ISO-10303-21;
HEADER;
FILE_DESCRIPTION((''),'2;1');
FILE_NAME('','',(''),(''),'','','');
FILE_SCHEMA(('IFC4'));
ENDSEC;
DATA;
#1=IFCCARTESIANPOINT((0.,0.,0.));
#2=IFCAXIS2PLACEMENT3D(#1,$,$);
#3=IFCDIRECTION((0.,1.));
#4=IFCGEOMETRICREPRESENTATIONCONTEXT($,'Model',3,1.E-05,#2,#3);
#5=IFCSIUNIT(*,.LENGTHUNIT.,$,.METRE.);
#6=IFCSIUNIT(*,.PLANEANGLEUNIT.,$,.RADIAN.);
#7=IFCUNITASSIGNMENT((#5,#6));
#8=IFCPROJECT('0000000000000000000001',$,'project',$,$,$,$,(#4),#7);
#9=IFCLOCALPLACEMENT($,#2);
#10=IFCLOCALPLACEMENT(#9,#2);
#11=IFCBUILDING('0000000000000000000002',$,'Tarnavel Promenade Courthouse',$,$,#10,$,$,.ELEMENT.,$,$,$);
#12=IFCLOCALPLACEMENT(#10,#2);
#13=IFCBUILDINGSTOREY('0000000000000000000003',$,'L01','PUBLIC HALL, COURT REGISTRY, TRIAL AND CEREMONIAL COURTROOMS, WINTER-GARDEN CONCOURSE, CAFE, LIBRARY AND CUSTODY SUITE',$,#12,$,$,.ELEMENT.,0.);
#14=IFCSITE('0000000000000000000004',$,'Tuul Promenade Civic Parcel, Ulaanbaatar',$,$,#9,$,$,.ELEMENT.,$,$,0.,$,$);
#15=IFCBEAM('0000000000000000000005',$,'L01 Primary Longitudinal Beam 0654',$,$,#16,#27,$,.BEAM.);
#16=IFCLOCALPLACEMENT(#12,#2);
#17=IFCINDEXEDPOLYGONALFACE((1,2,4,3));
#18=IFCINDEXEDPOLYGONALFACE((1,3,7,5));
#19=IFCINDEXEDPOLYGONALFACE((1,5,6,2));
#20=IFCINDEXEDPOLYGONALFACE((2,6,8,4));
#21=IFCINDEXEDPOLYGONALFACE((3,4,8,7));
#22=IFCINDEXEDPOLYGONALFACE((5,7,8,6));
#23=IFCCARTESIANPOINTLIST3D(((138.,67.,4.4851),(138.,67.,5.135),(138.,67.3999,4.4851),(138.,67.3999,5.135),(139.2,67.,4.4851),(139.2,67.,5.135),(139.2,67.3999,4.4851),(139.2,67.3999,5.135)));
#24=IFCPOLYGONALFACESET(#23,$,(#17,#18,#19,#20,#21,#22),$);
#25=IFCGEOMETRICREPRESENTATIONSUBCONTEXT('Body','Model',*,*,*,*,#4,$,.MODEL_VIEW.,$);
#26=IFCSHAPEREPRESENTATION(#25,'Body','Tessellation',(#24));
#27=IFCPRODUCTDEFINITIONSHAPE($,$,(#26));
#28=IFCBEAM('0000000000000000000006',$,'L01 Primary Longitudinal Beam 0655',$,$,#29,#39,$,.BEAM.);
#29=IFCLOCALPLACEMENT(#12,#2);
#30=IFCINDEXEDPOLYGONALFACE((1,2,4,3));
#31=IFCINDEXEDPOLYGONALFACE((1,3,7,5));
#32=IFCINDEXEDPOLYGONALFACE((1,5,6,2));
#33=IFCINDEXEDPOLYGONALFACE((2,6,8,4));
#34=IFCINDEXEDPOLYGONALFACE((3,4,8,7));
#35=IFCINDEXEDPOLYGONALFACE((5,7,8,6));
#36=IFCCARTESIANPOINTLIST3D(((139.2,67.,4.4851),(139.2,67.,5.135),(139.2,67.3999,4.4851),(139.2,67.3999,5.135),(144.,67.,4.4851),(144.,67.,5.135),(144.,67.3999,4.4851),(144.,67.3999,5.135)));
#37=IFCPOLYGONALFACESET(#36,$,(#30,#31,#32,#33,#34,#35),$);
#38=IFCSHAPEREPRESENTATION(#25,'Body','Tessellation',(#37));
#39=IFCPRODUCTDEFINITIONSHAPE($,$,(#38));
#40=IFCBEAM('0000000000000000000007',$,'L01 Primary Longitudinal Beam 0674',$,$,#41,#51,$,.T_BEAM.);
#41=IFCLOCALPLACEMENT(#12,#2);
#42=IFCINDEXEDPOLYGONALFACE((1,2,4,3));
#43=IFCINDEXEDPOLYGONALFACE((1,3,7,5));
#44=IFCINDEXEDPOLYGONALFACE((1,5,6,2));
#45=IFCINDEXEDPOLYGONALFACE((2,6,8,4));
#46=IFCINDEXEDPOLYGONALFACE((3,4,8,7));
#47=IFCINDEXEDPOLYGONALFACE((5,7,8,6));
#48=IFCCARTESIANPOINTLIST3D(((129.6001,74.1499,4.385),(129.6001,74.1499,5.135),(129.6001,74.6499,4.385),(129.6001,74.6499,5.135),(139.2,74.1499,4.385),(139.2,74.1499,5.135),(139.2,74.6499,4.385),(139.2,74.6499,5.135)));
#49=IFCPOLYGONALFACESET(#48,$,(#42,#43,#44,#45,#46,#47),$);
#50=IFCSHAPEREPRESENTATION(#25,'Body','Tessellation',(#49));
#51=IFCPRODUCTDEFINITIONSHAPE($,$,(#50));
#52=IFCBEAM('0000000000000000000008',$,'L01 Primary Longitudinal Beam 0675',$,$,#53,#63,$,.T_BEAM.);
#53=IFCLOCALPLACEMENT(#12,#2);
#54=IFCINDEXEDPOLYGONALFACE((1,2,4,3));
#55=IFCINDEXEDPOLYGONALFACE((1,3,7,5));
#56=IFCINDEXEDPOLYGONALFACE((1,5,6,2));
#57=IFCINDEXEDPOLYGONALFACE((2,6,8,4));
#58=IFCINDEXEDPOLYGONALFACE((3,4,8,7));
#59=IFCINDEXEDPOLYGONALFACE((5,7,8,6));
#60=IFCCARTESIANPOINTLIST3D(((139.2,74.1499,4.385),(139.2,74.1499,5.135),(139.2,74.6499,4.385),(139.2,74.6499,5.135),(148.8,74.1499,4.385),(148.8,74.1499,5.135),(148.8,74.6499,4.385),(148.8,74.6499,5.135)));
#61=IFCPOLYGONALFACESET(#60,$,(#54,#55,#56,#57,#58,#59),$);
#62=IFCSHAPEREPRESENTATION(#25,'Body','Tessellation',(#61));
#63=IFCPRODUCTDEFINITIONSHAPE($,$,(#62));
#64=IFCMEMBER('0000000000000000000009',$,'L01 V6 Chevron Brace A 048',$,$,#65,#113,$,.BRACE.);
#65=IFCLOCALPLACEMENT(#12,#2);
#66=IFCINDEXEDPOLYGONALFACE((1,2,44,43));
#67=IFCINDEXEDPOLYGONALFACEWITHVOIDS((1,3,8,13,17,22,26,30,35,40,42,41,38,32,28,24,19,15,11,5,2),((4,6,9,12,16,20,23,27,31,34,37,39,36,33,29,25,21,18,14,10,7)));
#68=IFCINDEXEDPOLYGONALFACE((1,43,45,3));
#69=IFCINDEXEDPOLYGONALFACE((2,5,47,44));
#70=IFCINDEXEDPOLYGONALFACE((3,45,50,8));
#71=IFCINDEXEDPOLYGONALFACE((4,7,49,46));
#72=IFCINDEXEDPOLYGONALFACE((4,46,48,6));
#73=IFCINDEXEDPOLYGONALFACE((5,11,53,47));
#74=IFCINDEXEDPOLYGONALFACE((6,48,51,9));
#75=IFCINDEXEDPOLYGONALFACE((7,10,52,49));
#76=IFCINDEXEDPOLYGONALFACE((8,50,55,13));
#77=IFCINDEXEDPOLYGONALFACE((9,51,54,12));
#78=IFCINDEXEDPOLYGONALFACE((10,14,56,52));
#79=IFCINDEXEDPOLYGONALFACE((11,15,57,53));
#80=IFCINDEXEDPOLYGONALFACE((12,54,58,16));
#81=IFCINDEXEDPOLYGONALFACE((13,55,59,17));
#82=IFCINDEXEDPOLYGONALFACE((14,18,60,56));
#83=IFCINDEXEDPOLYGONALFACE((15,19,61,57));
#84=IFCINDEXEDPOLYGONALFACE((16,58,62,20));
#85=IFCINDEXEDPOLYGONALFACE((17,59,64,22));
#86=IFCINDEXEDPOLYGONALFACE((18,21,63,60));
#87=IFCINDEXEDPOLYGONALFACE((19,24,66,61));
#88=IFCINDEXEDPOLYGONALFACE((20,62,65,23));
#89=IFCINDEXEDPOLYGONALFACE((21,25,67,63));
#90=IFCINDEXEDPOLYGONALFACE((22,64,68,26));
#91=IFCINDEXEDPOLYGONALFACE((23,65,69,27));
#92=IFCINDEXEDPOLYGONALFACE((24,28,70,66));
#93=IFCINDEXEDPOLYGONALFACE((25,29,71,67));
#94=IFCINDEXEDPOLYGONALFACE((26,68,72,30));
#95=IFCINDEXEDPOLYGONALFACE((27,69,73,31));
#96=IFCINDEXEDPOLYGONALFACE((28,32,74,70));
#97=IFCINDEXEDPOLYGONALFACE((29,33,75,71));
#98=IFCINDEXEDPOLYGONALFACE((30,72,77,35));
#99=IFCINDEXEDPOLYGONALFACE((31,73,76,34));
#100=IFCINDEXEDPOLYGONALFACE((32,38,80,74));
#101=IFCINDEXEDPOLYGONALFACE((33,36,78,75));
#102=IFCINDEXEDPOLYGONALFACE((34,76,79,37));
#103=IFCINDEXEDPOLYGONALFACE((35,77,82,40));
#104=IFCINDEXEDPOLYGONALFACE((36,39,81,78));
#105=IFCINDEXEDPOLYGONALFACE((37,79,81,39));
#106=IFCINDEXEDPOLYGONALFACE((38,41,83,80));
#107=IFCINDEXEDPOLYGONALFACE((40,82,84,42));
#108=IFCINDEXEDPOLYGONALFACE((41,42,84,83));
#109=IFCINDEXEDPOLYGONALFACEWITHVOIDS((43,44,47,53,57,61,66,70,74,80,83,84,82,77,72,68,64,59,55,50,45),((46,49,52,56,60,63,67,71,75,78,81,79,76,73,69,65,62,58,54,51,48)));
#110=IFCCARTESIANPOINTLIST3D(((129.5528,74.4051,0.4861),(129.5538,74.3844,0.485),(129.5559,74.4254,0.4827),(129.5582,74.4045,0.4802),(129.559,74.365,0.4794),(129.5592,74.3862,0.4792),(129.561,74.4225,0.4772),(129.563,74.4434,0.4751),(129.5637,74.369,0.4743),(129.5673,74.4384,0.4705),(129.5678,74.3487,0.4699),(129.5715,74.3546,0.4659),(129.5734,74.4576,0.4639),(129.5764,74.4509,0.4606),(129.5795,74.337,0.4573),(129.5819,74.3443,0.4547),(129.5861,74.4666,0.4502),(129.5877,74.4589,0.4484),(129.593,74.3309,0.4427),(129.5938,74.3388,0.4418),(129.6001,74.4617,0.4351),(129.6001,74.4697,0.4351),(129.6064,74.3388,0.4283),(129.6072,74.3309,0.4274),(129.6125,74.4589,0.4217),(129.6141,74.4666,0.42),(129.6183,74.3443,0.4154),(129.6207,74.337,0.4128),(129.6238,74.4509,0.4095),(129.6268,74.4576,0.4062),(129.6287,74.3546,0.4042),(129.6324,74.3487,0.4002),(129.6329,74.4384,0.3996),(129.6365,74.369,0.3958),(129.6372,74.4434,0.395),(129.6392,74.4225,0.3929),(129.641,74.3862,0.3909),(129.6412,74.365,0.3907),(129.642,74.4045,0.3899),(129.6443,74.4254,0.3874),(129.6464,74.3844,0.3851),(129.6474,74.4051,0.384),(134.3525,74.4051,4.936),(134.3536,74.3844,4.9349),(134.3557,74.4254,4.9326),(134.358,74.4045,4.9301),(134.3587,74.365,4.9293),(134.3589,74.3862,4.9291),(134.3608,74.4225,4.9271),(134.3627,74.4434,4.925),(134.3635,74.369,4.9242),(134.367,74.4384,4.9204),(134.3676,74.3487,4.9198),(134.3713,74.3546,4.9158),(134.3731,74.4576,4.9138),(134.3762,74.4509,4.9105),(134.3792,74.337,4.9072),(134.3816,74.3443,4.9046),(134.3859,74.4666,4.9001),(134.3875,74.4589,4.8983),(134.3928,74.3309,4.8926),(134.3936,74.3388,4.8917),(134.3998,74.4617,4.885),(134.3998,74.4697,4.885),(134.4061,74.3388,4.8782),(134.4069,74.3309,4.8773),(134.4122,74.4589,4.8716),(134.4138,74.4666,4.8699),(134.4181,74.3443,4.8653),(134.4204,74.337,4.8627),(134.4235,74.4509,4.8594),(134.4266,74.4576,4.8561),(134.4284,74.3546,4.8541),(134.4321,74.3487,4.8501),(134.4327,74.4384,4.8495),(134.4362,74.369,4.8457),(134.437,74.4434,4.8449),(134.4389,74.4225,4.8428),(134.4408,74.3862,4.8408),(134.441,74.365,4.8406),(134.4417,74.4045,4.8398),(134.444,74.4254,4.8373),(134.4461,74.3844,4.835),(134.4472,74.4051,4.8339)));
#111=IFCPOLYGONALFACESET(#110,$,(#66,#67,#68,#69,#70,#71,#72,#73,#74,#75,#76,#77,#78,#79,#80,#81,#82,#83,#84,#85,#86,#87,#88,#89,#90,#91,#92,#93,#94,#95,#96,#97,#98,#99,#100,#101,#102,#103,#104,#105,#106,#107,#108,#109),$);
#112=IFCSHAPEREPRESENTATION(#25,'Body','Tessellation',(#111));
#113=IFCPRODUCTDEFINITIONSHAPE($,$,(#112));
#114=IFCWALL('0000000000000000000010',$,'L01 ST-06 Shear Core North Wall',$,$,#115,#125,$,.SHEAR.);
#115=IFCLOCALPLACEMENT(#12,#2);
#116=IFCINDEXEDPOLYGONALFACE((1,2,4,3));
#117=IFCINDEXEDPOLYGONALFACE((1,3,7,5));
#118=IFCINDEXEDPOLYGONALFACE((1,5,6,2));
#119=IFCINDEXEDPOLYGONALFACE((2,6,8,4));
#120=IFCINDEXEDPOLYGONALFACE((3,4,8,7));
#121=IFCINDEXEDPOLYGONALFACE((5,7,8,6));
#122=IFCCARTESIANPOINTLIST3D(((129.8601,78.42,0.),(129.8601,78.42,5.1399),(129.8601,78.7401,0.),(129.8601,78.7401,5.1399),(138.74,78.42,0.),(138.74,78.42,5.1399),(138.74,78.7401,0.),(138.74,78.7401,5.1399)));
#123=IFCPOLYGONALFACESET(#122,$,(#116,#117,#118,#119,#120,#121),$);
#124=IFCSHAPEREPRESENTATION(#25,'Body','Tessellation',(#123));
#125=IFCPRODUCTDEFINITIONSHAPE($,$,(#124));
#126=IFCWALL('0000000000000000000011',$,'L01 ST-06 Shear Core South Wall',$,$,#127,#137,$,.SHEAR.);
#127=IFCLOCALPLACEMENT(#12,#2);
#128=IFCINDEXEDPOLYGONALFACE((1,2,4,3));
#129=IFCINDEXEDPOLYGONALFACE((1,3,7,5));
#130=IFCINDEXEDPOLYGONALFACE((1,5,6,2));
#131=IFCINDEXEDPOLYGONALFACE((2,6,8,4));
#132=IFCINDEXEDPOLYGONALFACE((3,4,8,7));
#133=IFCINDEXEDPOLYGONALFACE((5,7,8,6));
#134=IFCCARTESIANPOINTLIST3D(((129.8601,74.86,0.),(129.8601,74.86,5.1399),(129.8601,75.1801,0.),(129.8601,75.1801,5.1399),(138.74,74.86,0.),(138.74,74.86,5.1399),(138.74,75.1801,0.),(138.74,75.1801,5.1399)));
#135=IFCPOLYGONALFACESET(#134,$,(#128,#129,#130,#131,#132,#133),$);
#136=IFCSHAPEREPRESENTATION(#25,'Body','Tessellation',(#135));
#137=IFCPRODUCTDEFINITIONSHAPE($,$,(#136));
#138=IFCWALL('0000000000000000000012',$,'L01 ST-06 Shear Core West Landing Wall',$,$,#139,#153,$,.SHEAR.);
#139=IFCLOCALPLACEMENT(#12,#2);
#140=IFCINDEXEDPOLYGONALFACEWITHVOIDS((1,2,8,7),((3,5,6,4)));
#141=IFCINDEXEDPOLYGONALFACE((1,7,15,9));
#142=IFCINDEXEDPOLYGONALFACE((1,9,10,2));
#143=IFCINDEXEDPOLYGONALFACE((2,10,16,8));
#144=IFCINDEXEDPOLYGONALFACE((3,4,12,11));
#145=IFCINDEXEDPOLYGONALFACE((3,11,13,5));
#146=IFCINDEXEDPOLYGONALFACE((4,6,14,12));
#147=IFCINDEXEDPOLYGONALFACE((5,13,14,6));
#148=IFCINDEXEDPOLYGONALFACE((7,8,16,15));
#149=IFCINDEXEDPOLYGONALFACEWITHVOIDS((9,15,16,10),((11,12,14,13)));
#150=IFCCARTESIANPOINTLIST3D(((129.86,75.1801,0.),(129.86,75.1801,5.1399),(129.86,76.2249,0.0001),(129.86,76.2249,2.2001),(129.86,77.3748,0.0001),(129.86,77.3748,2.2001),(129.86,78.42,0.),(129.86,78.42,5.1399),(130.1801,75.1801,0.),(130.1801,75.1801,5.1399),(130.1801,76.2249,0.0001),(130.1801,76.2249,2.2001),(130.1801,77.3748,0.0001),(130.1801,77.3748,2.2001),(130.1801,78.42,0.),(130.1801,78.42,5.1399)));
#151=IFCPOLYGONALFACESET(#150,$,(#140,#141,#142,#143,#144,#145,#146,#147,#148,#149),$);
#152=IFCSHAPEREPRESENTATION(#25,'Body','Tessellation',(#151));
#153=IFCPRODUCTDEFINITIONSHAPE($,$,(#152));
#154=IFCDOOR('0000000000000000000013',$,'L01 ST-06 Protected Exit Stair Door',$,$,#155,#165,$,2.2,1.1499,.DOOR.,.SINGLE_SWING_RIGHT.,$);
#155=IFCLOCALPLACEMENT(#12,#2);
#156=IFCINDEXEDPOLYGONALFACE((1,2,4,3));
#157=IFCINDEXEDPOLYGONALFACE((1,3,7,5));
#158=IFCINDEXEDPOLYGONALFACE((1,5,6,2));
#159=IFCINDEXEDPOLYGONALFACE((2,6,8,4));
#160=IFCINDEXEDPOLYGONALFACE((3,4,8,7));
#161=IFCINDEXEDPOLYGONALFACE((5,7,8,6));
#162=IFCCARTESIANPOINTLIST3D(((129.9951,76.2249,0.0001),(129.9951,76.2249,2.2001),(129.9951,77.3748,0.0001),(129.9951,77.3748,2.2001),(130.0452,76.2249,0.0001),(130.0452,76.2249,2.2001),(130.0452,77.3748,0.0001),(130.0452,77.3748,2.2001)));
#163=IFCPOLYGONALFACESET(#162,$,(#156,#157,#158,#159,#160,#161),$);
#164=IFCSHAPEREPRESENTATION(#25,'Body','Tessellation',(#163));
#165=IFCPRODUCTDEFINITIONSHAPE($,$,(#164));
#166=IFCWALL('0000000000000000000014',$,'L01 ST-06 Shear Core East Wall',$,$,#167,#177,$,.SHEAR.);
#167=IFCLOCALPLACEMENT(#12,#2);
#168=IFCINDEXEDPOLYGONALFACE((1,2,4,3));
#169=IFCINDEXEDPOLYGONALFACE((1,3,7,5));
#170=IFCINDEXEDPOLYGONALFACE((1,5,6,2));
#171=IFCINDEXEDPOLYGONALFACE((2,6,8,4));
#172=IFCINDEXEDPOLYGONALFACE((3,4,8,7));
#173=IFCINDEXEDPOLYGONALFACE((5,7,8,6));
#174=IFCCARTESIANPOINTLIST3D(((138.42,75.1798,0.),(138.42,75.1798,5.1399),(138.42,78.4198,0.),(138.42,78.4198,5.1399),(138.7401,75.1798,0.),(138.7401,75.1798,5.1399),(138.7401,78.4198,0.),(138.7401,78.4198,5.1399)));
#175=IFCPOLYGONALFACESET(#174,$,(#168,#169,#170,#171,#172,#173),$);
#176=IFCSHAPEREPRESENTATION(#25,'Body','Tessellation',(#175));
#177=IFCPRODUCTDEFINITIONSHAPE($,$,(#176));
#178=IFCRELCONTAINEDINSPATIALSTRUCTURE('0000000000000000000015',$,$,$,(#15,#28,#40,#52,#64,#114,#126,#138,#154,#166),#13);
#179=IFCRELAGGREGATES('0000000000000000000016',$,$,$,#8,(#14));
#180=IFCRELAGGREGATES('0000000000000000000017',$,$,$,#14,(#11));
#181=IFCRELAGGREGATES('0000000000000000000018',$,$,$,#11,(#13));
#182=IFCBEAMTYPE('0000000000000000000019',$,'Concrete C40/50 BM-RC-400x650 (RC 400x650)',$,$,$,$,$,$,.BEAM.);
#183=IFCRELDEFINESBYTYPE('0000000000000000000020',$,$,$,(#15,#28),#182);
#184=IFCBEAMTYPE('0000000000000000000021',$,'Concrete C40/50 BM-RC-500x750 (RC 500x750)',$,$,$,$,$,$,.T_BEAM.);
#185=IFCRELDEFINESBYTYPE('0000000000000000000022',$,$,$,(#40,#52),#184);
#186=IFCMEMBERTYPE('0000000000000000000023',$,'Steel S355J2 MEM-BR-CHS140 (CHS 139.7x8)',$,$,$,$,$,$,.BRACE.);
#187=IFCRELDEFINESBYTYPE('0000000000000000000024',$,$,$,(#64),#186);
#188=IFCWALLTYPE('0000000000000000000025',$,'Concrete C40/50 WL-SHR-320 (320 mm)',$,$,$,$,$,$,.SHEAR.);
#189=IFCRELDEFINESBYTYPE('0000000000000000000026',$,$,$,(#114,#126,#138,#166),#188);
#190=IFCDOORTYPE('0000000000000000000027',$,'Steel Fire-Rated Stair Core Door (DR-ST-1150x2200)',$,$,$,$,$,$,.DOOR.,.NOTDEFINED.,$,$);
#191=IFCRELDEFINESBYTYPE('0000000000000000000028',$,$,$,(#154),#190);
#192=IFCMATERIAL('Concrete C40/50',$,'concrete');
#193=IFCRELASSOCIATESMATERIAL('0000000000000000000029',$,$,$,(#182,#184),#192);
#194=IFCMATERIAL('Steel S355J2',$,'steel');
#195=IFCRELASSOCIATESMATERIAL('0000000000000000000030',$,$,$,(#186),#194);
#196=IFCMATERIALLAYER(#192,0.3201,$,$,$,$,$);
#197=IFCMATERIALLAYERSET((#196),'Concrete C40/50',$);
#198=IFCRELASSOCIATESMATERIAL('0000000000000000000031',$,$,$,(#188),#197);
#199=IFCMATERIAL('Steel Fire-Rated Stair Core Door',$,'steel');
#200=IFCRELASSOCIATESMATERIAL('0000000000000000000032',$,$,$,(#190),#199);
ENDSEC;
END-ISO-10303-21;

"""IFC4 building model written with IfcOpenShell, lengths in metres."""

from ifc_helpers import new_model, si_unit, direction, frame, frame_2d, origin, origin_2d, place, context, subcontext, project, spatial, rectangle, hollow_circle, extrude, material, layer, layer_set, material_profile, profile_set, type_object, element, fill, save


model = new_model("IFC4")

# Units and contexts
model_context = context("Model", 3, precision=1e-05, world=origin(), true_north=direction((0.0, 1.0)))
body_context = subcontext(model_context, "Body", "Model", "MODEL_VIEW")
ifc_project = project(units=[si_unit("LENGTHUNIT", "METRE"), si_unit("PLANEANGLEUNIT", "RADIAN")], contexts=[model_context])

# Site, building, storey
site_placement = place(None, origin())
site = spatial("IfcSite", under=ifc_project, at=site_placement, Name="Tuul Promenade Civic Parcel, Ulaanbaatar", CompositionType="ELEMENT", RefElevation=0.0)
building_placement = place(site_placement, origin())
building = spatial("IfcBuilding", under=site, at=building_placement, Name="Tarnavel Promenade Courthouse", CompositionType="ELEMENT")
storey_placement = place(building_placement, origin())
storey = spatial("IfcBuildingStorey", under=building, at=storey_placement, Name="L01", Description="PUBLIC HALL, COURT REGISTRY, TRIAL AND CEREMONIAL COURTROOMS, WINTER-GARDEN CONCOURSE, CAFE, LIBRARY AND CUSTODY SUITE", CompositionType="ELEMENT", Elevation=0.0)

# Shared definitions
ifc_material_1 = material(Name="Concrete C40/50", Category="concrete")

# Beams
ifc_material_profile_1 = material_profile(ifc_material_1, rectangle(XDim=0.3999, YDim=0.6499, at=origin_2d()), Name="RC 400x650")
ifc_profile_set_1 = profile_set([ifc_material_profile_1], Name="Concrete C40/50")
beam_type_1 = type_object("IfcBeamType", Name="Concrete C40/50 BM-RC-400x650 (RC 400x650)", PredefinedType="BEAM", material=ifc_profile_set_1)
beam_1_placement = place(storey_placement, frame((138.0, 67.2, 4.8101), z_axis=(1.0, 0.0, 0.0), x_axis=(0.0, 1.0, 0.0)))
element("IfcBeam", 1, at=beam_1_placement, inside=storey, type_object=beam_type_1, Name="L01 Primary Longitudinal Beam 0654", PredefinedType="BEAM", context=body_context, shape_type="SweptSolid", body=[
    extrude(rectangle(XDim=0.3999, YDim=0.6499, at=origin_2d()), origin(), (0.0, 0.0, 1.0), 1.2),
])
beam_2_placement = place(storey_placement, frame((139.2, 67.2, 4.8101), z_axis=(1.0, 0.0, 0.0), x_axis=(0.0, 1.0, 0.0)))
element("IfcBeam", 2, at=beam_2_placement, inside=storey, type_object=beam_type_1, Name="L01 Primary Longitudinal Beam 0655", PredefinedType="BEAM", context=body_context, shape_type="SweptSolid", body=[
    extrude(rectangle(XDim=0.3999, YDim=0.6499, at=origin_2d()), origin(), (0.0, 0.0, 1.0), 4.8),
])
ifc_material_profile_2 = material_profile(ifc_material_1, rectangle(XDim=0.5, YDim=0.75, at=origin_2d()), Name="RC 500x750")
ifc_profile_set_2 = profile_set([ifc_material_profile_2], Name="Concrete C40/50")
beam_type_2 = type_object("IfcBeamType", Name="Concrete C40/50 BM-RC-500x750 (RC 500x750)", PredefinedType="T_BEAM", material=ifc_profile_set_2)
beam_3_placement = place(storey_placement, frame((129.6001, 74.3999, 4.76), z_axis=(1.0, 0.0, 0.0), x_axis=(0.0, 1.0, 0.0)))
element("IfcBeam", 3, at=beam_3_placement, inside=storey, type_object=beam_type_2, Name="L01 Primary Longitudinal Beam 0674", PredefinedType="T_BEAM", context=body_context, shape_type="SweptSolid", body=[
    extrude(rectangle(XDim=0.5, YDim=0.75, at=origin_2d()), origin(), (0.0, 0.0, 1.0), 9.5999),
])
beam_4_placement = place(storey_placement, frame((139.2, 74.3999, 4.76), z_axis=(1.0, 0.0, 0.0), x_axis=(0.0, 1.0, 0.0)))
element("IfcBeam", 4, at=beam_4_placement, inside=storey, type_object=beam_type_2, Name="L01 Primary Longitudinal Beam 0675", PredefinedType="T_BEAM", context=body_context, shape_type="SweptSolid", body=[
    extrude(rectangle(XDim=0.5, YDim=0.75, at=origin_2d()), origin(), (0.0, 0.0, 1.0), 9.6001),
])

# Member
ifc_material_2 = material(Name="Steel S355J2", Category="steel")
ifc_material_profile_3 = material_profile(ifc_material_2, hollow_circle(Radius=0.0698, WallThickness=0.0081, at=origin_2d()), Name="CHS 139.7x8")
ifc_profile_set_3 = profile_set([ifc_material_profile_3], Name="Steel S355J2")
member_type = type_object("IfcMemberType", Name="Steel S355J2 MEM-BR-CHS140 (CHS 139.7x8)", PredefinedType="BRACE", material=ifc_profile_set_3)
member_placement = place(storey_placement, frame((129.6001, 74.3999, 0.4351), z_axis=(0.733327, 0.0, 0.679876), x_axis=(0.0, 1.0, 0.0)))
element("IfcMember", 5, at=member_placement, inside=storey, type_object=member_type, Name="L01 V6 Chevron Brace A 048", PredefinedType="BRACE", context=body_context, shape_type="SweptSolid", body=[
    extrude(hollow_circle(Radius=0.0698, WallThickness=0.0081, at=origin_2d()), origin(), (0.0, 0.0, 1.0), 6.5452),
])

# Walls
ifc_layer = layer(ifc_material_1, 0.3201)
ifc_layer_set = layer_set([ifc_layer], Name="Concrete C40/50")
wall_type = type_object("IfcWallType", Name="Concrete C40/50 WL-SHR-320 (320 mm)", PredefinedType="SHEAR", material=ifc_layer_set)
for number, where, z_axis, x_axis, name in (
    (6, (129.8601, 78.5801, 0.0), (0.0, 0.0, 1.0), (1.0, 0.0, 0.0), "L01 ST-06 Shear Core North Wall"),
    (7, (138.74, 75.02, 0.0), (0.0, 0.0, 1.0), (-1.0, 0.0, 0.0), "L01 ST-06 Shear Core South Wall"),
):
    element("IfcWall", number, at=place(storey_placement, frame(where, z_axis=z_axis, x_axis=x_axis)), inside=storey, type_object=wall_type, Name=name, PredefinedType="SHEAR", context=body_context, shape_type="SweptSolid", body=[
        extrude(rectangle(XDim=8.8799, YDim=0.3201, at=frame_2d((4.4399, 0.0))), origin(), (0.0, 0.0, 1.0), 5.1399),
    ])

# Wall, opening, door
wall_1_placement = place(storey_placement, frame((130.02, 75.1799, 0.0), z_axis=(0.0, 0.0, 1.0), x_axis=(0.0, 1.0, 0.0)))
wall_1 = element("IfcWall", 8, at=wall_1_placement, inside=storey, type_object=wall_type, Name="L01 ST-06 Shear Core West Landing Wall", PredefinedType="SHEAR", context=body_context, shape_type="SweptSolid", body=[
    extrude(rectangle(XDim=3.24, YDim=0.3201, at=frame_2d((1.6201, 0.0))), origin(), (0.0, 0.0, 1.0), 5.1399),
])
opening_placement = place(wall_1_placement, frame((1.0449, 0.0, 0.0)))
opening = element("IfcOpeningElement", 9, at=opening_placement, cuts=wall_1, PredefinedType="OPENING", context=body_context, shape_type="SweptSolid", body=[
    extrude(rectangle(XDim=1.1499, YDim=2.2, at=frame_2d((0.575, 1.1001))), frame((0.0, 0.1699, 0.0), z_axis=(0.0, -1.0, 0.0), x_axis=(1.0, 0.0, 0.0)), (0.0, 0.0, 1.0), 0.3401),
])
ifc_material_3 = material(Name="Steel Fire-Rated Stair Core Door", Category="steel")
door_type = type_object("IfcDoorType", Name="Steel Fire-Rated Stair Core Door (DR-ST-1150x2200)", OperationType="NOTDEFINED", PredefinedType="DOOR", material=ifc_material_3)
door_placement = place(opening_placement, origin())
door = element("IfcDoor", 10, at=door_placement, inside=storey, type_object=door_type, Name="L01 ST-06 Protected Exit Stair Door", OperationType="SINGLE_SWING_RIGHT", OverallHeight=2.2, OverallWidth=1.1499, PredefinedType="DOOR", context=body_context, shape_type="SweptSolid", body=[
    extrude(rectangle(XDim=1.1499, YDim=2.2, at=frame_2d((0.575, 1.1001))), frame((0.0, 0.0249, 0.0), z_axis=(0.0, -1.0, 0.0), x_axis=(1.0, 0.0, 0.0)), (0.0, 0.0, 1.0), 0.05),
])
fill(opening, door)

# Wall
wall_2_placement = place(storey_placement, frame((138.5801, 78.4199, 0.0), z_axis=(0.0, 0.0, 1.0), x_axis=(0.0, -1.0, 0.0)))
element("IfcWall", 11, at=wall_2_placement, inside=storey, type_object=wall_type, Name="L01 ST-06 Shear Core East Wall", PredefinedType="SHEAR", context=body_context, shape_type="SweptSolid", body=[
    extrude(rectangle(XDim=3.24, YDim=0.3201, at=frame_2d((1.6201, 0.0))), origin(), (0.0, 0.0, 1.0), 5.1399),
])

save(model, "model.ifc")
